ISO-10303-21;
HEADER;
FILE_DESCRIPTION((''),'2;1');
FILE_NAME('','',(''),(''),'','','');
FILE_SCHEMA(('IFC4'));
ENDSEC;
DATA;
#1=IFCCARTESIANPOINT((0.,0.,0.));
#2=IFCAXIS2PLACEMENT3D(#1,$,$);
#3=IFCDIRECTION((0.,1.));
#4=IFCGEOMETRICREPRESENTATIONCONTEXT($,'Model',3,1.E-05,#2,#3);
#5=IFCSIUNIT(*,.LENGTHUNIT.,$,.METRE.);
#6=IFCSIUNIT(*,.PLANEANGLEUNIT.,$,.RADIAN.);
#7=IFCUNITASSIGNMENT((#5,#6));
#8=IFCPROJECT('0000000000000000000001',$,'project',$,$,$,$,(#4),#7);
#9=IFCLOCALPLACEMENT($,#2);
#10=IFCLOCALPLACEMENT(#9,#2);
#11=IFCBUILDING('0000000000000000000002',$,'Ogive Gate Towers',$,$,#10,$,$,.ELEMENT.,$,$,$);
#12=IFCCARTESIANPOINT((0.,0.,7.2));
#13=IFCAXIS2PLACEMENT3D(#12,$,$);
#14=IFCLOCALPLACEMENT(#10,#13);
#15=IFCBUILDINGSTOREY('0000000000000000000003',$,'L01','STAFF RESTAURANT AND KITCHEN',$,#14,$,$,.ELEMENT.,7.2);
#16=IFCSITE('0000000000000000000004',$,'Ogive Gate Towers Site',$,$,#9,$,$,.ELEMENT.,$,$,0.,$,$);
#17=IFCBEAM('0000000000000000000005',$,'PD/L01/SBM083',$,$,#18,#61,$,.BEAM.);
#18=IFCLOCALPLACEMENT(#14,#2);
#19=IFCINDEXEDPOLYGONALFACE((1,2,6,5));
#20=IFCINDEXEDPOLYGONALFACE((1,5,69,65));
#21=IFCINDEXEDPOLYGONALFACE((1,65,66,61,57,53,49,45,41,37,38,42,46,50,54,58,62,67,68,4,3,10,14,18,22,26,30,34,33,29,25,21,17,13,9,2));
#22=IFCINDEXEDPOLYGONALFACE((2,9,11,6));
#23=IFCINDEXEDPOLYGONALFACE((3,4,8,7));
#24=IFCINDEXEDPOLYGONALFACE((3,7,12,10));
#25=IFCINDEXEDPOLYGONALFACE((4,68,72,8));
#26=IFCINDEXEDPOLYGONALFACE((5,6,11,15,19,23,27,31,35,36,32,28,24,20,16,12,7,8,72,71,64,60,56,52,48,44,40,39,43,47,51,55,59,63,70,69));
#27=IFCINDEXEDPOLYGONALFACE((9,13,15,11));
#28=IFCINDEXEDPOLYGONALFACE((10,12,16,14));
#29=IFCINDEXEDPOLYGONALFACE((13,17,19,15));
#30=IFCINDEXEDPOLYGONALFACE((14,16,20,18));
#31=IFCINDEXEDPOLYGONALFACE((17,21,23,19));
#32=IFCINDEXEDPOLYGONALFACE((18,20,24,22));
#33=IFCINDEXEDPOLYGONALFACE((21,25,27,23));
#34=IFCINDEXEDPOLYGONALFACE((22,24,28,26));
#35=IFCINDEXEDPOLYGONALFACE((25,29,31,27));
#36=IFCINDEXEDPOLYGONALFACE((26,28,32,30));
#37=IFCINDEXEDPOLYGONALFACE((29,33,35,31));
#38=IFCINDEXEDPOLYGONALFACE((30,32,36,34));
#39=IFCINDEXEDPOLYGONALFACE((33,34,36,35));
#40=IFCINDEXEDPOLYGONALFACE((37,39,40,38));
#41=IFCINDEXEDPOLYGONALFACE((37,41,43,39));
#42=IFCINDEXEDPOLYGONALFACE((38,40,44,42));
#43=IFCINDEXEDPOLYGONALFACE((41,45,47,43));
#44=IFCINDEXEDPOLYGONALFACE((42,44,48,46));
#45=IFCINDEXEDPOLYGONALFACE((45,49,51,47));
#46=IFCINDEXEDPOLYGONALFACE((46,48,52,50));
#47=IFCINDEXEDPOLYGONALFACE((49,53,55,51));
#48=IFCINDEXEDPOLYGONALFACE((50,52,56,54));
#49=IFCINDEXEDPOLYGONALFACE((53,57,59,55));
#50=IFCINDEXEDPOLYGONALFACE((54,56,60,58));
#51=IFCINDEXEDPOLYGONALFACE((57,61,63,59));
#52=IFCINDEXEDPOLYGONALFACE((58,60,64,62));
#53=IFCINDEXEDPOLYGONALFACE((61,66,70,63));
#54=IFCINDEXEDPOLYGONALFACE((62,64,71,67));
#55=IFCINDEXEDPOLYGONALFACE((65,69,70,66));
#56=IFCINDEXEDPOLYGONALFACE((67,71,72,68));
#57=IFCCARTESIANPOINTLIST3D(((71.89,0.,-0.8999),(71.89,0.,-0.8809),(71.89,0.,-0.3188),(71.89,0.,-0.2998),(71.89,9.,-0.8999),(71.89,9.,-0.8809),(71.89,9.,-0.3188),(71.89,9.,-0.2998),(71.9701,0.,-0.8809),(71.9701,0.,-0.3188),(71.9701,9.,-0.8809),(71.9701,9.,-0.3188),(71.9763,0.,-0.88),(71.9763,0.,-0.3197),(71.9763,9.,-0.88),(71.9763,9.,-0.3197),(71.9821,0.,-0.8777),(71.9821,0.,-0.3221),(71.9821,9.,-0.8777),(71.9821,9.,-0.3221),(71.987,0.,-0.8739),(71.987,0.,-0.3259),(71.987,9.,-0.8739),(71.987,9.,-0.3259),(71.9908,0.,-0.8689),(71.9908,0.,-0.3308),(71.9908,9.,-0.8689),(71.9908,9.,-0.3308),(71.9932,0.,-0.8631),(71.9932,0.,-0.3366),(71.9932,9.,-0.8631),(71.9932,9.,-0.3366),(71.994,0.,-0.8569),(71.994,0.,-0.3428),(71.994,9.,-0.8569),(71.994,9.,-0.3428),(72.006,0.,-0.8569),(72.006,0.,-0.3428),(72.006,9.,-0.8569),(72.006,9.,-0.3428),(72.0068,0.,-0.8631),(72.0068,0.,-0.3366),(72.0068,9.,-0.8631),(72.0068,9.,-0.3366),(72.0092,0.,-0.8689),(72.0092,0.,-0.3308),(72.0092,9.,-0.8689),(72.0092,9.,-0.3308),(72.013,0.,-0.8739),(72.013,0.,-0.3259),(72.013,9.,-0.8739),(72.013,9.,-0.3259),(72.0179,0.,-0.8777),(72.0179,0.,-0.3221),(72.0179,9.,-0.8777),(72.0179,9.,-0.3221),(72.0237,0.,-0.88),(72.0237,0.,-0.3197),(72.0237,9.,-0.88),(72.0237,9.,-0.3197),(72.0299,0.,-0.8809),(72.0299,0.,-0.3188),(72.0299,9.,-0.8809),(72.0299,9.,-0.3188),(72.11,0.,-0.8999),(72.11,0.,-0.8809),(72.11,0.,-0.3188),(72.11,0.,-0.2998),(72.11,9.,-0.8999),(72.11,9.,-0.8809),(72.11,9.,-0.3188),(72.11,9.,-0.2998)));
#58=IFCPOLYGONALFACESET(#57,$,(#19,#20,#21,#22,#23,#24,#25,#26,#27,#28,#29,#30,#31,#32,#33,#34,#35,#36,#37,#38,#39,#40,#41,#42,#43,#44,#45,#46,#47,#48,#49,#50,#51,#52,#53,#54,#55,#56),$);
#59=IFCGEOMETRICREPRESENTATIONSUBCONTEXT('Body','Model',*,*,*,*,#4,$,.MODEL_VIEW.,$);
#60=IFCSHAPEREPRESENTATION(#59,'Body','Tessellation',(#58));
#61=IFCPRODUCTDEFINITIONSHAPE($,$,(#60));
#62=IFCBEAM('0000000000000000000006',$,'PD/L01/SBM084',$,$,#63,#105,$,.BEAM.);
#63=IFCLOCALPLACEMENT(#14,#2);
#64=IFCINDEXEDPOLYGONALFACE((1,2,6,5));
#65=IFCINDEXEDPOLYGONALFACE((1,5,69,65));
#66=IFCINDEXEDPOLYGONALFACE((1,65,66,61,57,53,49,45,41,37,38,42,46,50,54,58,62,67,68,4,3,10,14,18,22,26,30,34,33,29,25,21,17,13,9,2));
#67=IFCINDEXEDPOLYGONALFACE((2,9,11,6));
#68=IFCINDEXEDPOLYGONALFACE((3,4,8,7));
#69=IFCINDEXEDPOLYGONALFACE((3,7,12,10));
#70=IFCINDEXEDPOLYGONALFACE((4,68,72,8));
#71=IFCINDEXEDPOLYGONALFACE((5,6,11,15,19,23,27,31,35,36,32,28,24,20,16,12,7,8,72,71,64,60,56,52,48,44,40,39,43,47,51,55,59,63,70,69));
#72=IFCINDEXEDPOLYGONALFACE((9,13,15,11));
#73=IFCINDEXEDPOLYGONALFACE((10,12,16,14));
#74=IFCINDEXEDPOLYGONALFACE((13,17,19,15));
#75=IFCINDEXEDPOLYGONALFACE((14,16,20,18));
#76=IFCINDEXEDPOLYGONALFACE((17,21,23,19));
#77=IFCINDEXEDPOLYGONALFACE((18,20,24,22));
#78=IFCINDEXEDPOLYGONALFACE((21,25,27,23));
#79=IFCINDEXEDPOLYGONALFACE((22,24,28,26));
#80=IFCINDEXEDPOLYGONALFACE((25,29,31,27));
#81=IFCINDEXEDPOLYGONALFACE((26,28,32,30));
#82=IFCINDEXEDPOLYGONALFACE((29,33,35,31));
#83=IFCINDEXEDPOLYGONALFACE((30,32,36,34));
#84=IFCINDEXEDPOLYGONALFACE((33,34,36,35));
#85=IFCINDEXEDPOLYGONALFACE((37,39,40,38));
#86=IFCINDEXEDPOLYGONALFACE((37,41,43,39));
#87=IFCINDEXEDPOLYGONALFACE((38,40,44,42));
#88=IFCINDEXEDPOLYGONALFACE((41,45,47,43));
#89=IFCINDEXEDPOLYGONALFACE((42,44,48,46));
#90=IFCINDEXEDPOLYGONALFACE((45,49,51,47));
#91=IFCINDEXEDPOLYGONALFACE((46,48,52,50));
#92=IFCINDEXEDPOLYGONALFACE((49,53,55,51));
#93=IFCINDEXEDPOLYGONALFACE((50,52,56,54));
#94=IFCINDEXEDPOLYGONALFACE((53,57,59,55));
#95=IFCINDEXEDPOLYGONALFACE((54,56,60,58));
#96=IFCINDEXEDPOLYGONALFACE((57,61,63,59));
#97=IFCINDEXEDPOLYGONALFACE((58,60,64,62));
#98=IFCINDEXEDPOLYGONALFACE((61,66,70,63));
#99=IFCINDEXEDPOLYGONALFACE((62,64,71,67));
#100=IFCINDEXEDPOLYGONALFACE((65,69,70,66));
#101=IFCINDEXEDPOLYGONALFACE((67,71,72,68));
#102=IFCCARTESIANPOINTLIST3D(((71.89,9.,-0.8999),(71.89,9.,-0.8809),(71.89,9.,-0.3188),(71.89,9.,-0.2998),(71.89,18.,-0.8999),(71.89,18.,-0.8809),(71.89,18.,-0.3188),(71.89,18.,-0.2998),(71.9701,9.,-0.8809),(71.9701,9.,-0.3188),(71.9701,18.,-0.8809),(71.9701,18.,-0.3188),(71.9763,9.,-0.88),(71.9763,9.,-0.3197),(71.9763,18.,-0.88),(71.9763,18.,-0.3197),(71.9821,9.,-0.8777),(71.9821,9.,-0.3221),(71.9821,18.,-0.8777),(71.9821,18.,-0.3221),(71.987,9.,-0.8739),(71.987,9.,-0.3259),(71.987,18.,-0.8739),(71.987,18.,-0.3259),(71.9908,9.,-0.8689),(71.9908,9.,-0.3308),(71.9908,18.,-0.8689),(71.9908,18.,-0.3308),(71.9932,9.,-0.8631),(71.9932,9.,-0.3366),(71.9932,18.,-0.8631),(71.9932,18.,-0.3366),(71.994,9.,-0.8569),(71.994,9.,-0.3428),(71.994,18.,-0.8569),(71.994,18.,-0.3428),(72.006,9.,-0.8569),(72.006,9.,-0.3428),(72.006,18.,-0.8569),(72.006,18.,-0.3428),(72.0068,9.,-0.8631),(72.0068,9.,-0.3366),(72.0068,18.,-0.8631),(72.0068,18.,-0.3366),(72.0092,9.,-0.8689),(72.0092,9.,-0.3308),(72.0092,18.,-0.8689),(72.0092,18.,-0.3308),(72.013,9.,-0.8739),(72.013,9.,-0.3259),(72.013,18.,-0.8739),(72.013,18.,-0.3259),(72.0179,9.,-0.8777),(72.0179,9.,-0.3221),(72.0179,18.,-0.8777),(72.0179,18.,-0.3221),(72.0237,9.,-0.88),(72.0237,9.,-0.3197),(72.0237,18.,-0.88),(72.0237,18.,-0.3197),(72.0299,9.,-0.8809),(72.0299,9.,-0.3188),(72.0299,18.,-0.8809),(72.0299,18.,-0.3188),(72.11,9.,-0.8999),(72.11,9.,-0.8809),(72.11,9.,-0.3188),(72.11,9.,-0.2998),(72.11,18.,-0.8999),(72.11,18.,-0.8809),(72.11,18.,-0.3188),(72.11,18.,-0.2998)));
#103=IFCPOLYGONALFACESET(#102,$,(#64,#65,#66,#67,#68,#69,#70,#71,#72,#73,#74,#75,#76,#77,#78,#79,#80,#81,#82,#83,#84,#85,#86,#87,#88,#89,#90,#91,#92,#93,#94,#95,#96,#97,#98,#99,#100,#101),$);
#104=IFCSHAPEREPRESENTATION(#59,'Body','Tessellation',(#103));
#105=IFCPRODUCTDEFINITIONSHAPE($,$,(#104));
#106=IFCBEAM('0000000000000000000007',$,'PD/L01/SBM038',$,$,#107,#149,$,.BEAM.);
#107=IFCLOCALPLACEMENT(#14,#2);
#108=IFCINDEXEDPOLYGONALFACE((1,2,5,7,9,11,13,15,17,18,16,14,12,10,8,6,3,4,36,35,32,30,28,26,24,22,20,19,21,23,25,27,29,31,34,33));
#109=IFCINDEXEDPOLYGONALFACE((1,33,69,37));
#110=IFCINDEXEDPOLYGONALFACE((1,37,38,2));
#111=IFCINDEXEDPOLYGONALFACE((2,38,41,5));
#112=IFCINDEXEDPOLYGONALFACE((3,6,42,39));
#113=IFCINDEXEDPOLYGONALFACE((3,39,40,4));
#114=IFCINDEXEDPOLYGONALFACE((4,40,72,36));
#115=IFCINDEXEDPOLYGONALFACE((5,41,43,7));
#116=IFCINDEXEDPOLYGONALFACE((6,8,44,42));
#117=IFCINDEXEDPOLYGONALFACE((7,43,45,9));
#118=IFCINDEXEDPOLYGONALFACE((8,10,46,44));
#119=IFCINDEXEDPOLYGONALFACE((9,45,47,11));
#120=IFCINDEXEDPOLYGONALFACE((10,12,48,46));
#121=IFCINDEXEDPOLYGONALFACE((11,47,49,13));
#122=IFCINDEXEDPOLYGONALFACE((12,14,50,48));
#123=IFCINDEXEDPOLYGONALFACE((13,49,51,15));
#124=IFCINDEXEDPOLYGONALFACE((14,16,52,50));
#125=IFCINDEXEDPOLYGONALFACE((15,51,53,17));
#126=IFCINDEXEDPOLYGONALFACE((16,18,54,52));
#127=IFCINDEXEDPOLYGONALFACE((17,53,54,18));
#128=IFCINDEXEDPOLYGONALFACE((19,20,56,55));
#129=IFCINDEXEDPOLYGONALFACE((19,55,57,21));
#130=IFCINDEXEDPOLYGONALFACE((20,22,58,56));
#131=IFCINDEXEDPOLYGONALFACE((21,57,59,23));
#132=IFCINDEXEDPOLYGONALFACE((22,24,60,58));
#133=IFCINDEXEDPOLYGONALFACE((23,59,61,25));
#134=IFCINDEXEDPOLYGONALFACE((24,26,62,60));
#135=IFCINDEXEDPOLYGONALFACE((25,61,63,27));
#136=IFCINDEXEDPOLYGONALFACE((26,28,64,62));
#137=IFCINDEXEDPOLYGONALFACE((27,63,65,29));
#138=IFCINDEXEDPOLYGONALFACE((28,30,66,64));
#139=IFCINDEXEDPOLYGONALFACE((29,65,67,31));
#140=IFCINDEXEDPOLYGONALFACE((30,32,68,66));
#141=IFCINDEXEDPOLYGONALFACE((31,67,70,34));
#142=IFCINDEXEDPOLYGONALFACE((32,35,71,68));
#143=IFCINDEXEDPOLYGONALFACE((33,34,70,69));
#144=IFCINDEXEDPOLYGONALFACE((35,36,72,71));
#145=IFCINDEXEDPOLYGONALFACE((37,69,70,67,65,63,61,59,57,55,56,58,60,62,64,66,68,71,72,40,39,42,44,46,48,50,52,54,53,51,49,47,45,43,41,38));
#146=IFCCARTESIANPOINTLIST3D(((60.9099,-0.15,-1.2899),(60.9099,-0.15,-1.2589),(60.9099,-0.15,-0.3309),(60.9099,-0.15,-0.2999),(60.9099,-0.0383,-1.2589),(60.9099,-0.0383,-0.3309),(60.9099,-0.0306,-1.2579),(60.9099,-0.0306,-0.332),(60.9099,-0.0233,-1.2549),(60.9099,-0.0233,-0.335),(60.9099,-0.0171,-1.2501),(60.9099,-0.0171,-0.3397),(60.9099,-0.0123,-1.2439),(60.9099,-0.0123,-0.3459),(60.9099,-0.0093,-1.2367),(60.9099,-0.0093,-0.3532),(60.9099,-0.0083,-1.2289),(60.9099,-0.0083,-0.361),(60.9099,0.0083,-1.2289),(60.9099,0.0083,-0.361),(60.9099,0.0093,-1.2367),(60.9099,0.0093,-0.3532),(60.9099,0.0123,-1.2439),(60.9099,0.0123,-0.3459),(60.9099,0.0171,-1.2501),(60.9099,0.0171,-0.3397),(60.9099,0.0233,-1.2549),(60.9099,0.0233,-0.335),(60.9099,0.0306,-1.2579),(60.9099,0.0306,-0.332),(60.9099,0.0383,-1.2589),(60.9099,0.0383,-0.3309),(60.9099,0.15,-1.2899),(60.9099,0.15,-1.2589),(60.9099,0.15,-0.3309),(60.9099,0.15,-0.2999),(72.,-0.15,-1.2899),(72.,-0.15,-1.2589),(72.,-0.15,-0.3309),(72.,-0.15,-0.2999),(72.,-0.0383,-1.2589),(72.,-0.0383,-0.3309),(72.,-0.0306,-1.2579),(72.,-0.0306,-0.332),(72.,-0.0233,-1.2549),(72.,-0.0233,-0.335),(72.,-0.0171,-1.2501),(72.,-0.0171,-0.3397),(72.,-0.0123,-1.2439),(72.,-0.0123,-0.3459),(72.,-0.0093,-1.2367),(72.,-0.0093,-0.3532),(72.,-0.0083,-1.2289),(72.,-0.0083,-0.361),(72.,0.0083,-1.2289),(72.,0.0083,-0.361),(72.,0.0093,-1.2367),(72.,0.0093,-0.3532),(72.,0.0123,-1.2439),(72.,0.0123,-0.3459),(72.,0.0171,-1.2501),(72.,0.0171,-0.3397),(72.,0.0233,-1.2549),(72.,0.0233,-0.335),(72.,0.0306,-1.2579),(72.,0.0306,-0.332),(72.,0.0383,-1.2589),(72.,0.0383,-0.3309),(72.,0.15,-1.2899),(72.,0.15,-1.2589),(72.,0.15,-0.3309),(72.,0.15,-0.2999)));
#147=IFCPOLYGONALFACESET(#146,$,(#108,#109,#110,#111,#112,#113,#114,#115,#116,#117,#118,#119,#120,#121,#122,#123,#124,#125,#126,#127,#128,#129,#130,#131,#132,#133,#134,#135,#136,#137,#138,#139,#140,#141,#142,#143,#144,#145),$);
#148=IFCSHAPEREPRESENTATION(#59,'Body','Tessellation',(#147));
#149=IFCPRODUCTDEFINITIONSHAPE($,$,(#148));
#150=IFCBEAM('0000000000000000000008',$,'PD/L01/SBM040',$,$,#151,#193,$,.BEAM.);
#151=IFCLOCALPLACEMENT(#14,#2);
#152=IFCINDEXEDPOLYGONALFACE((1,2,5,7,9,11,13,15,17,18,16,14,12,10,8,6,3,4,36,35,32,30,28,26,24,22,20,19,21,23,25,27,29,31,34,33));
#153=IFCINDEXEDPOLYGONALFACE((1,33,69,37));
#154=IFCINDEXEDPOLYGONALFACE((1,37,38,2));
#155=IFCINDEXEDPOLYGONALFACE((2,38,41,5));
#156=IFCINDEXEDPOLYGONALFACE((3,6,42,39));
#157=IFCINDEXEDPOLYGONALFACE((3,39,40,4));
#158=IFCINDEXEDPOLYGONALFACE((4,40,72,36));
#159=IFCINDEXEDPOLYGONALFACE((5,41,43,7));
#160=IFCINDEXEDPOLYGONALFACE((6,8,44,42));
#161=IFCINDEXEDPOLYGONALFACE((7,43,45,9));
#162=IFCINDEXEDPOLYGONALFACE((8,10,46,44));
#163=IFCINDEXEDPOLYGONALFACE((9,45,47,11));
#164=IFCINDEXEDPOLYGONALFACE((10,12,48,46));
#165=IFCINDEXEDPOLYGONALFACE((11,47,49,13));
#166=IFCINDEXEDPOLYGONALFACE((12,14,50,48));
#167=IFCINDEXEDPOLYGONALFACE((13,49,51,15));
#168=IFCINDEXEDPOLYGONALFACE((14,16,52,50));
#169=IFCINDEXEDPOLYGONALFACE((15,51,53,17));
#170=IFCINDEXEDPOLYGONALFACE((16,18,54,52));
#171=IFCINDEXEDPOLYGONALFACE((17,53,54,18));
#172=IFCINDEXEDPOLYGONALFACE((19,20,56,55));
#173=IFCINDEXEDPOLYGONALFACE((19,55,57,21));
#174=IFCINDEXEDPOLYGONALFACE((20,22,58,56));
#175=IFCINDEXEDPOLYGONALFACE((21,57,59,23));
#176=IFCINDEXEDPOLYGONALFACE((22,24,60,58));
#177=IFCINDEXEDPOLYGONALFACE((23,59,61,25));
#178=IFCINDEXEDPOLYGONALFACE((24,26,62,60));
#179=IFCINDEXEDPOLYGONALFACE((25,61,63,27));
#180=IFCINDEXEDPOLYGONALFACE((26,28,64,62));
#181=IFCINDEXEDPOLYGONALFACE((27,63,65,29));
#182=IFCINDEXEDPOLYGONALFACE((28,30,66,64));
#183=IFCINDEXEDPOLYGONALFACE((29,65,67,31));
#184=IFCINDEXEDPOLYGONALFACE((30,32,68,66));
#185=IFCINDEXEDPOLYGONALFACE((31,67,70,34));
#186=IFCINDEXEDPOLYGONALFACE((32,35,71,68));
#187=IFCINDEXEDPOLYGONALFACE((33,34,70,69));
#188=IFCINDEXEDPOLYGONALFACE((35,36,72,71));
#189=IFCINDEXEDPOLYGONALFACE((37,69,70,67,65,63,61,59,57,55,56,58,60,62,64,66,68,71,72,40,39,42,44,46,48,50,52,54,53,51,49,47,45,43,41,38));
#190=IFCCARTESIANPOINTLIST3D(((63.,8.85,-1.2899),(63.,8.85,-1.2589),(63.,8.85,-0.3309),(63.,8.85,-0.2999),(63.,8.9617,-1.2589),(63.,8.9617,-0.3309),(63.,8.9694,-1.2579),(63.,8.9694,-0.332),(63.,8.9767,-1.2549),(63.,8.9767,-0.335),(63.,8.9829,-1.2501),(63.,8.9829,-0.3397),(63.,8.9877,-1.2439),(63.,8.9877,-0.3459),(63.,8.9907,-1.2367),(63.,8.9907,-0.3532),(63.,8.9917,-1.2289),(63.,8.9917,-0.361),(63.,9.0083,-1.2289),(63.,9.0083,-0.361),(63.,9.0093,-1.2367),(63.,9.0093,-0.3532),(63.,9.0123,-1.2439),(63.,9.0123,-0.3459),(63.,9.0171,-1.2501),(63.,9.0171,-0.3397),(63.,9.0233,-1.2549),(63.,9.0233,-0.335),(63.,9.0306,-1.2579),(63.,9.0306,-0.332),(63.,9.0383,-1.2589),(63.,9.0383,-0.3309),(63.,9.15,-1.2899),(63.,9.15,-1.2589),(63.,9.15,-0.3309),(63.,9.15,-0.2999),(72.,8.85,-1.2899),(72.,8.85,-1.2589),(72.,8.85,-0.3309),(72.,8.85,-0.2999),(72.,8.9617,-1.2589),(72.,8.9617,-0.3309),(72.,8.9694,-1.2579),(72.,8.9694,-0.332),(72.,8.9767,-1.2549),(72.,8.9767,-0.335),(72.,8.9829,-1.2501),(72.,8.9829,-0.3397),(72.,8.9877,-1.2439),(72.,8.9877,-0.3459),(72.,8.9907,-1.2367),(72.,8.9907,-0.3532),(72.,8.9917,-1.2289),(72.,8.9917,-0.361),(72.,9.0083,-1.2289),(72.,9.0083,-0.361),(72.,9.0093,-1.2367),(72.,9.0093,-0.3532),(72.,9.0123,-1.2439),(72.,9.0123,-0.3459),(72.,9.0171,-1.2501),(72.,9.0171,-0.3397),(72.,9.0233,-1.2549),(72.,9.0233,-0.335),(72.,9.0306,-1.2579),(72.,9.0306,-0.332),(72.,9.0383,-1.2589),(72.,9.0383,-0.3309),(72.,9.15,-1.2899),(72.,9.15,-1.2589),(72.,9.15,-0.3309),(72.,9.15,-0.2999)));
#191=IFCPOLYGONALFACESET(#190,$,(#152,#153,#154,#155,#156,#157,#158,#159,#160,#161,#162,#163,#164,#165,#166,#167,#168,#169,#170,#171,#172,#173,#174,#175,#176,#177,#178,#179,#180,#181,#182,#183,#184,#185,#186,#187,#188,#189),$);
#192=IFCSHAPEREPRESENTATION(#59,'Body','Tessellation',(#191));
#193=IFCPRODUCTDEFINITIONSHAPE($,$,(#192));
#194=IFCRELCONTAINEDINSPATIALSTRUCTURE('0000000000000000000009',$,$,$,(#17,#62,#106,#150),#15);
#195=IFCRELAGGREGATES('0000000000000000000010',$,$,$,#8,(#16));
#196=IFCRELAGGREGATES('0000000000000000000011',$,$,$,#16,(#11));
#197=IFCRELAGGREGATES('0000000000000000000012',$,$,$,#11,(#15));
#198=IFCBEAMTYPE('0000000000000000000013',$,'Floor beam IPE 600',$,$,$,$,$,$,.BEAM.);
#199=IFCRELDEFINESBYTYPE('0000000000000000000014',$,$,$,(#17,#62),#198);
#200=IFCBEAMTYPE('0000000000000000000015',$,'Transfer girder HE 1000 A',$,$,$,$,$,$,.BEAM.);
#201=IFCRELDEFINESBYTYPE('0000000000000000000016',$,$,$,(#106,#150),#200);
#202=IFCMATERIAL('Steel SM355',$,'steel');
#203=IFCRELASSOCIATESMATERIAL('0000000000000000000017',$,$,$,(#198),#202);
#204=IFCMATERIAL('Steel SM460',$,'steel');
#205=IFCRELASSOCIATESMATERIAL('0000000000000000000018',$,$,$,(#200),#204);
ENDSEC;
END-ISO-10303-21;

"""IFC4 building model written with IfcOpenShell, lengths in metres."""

from ifc_helpers import new_model, si_unit, direction, frame, origin, origin_2d, place, context, subcontext, project, spatial, i_section, extrude, material, material_profile, profile_set, type_object, element, save


model = new_model("IFC4")

# Units and contexts
model_context = context("Model", 3, precision=1e-05, world=origin(), true_north=direction((0.0, 1.0)))
body_context = subcontext(model_context, "Body", "Model", "MODEL_VIEW")
ifc_project = project(units=[si_unit("LENGTHUNIT", "METRE"), si_unit("PLANEANGLEUNIT", "RADIAN")], contexts=[model_context])

# Site, building, storey
site_placement = place(None, origin())
site = spatial("IfcSite", under=ifc_project, at=site_placement, Name="Ogive Gate Towers Site", CompositionType="ELEMENT", RefElevation=0.0)
building_placement = place(site_placement, origin())
building = spatial("IfcBuilding", under=site, at=building_placement, Name="Ogive Gate Towers", CompositionType="ELEMENT")
storey_placement = place(building_placement, frame((0.0, 0.0, 7.2)))
storey = spatial("IfcBuildingStorey", under=building, at=storey_placement, Name="L01", Description="STAFF RESTAURANT AND KITCHEN", CompositionType="ELEMENT", Elevation=7.2)

# Beams
ifc_material_1 = material(Name="Steel SM460", Category="steel")
ifc_material_2 = material(Name="Steel SM355", Category="steel")
ifc_material_profile_1 = material_profile(ifc_material_2, i_section(OverallWidth=0.22, OverallDepth=0.6001, WebThickness=0.012, FlangeThickness=0.019, FilletRadius=0.0239, at=origin_2d()), Name="IPE 600")
ifc_profile_set_1 = profile_set([ifc_material_profile_1], Name="Steel SM355")
beam_type_1 = type_object("IfcBeamType", Name="Floor beam IPE 600", PredefinedType="BEAM", material=ifc_profile_set_1)
for number, where, z_axis, x_axis, name in (
    (1, (72.0, 0.0, -0.5999), (0.0, 1.0, 0.0), (-1.0, 0.0, 0.0), "PD/L01/SBM083"),
    (2, (72.0, 9.0, -0.5999), (0.0, 1.0, 0.0), (-1.0, 0.0, 0.0), "PD/L01/SBM084"),
):
    element("IfcBeam", number, at=place(storey_placement, frame(where, z_axis=z_axis, x_axis=x_axis)), inside=storey, type_object=beam_type_1, Name=name, PredefinedType="BEAM", context=body_context, shape_type="SweptSolid", body=[
        extrude(i_section(OverallWidth=0.22, OverallDepth=0.6001, WebThickness=0.012, FlangeThickness=0.019, FilletRadius=0.0239, at=origin_2d()), origin(), (0.0, 0.0, 1.0), 9.0),
    ])
ifc_material_profile_2 = material_profile(ifc_material_1, i_section(OverallWidth=0.3, OverallDepth=0.99, WebThickness=0.0166, FlangeThickness=0.031, FilletRadius=0.03, at=origin_2d()), Name="HE 1000 A")
ifc_profile_set_2 = profile_set([ifc_material_profile_2], Name="Steel SM460")
beam_type_2 = type_object("IfcBeamType", Name="Transfer girder HE 1000 A", PredefinedType="BEAM", material=ifc_profile_set_2)
beam_1_placement = place(storey_placement, frame((60.9099, 0.0, -0.7949), z_axis=(1.0, 0.0, 0.0), x_axis=(0.0, 1.0, 0.0)))
element("IfcBeam", 3, at=beam_1_placement, inside=storey, type_object=beam_type_2, Name="PD/L01/SBM038", PredefinedType="BEAM", context=body_context, shape_type="SweptSolid", body=[
    extrude(i_section(OverallWidth=0.3, OverallDepth=0.99, WebThickness=0.0166, FlangeThickness=0.031, FilletRadius=0.03, at=origin_2d()), origin(), (0.0, 0.0, 1.0), 11.0901),
])
beam_2_placement = place(storey_placement, frame((63.0, 9.0, -0.7949), z_axis=(1.0, 0.0, 0.0), x_axis=(0.0, 1.0, 0.0)))
element("IfcBeam", 4, at=beam_2_placement, inside=storey, type_object=beam_type_2, Name="PD/L01/SBM040", PredefinedType="BEAM", context=body_context, shape_type="SweptSolid", body=[
    extrude(i_section(OverallWidth=0.3, OverallDepth=0.99, WebThickness=0.0166, FlangeThickness=0.031, FilletRadius=0.03, at=origin_2d()), origin(), (0.0, 0.0, 1.0), 9.0),
])

save(model, "model.ifc")
